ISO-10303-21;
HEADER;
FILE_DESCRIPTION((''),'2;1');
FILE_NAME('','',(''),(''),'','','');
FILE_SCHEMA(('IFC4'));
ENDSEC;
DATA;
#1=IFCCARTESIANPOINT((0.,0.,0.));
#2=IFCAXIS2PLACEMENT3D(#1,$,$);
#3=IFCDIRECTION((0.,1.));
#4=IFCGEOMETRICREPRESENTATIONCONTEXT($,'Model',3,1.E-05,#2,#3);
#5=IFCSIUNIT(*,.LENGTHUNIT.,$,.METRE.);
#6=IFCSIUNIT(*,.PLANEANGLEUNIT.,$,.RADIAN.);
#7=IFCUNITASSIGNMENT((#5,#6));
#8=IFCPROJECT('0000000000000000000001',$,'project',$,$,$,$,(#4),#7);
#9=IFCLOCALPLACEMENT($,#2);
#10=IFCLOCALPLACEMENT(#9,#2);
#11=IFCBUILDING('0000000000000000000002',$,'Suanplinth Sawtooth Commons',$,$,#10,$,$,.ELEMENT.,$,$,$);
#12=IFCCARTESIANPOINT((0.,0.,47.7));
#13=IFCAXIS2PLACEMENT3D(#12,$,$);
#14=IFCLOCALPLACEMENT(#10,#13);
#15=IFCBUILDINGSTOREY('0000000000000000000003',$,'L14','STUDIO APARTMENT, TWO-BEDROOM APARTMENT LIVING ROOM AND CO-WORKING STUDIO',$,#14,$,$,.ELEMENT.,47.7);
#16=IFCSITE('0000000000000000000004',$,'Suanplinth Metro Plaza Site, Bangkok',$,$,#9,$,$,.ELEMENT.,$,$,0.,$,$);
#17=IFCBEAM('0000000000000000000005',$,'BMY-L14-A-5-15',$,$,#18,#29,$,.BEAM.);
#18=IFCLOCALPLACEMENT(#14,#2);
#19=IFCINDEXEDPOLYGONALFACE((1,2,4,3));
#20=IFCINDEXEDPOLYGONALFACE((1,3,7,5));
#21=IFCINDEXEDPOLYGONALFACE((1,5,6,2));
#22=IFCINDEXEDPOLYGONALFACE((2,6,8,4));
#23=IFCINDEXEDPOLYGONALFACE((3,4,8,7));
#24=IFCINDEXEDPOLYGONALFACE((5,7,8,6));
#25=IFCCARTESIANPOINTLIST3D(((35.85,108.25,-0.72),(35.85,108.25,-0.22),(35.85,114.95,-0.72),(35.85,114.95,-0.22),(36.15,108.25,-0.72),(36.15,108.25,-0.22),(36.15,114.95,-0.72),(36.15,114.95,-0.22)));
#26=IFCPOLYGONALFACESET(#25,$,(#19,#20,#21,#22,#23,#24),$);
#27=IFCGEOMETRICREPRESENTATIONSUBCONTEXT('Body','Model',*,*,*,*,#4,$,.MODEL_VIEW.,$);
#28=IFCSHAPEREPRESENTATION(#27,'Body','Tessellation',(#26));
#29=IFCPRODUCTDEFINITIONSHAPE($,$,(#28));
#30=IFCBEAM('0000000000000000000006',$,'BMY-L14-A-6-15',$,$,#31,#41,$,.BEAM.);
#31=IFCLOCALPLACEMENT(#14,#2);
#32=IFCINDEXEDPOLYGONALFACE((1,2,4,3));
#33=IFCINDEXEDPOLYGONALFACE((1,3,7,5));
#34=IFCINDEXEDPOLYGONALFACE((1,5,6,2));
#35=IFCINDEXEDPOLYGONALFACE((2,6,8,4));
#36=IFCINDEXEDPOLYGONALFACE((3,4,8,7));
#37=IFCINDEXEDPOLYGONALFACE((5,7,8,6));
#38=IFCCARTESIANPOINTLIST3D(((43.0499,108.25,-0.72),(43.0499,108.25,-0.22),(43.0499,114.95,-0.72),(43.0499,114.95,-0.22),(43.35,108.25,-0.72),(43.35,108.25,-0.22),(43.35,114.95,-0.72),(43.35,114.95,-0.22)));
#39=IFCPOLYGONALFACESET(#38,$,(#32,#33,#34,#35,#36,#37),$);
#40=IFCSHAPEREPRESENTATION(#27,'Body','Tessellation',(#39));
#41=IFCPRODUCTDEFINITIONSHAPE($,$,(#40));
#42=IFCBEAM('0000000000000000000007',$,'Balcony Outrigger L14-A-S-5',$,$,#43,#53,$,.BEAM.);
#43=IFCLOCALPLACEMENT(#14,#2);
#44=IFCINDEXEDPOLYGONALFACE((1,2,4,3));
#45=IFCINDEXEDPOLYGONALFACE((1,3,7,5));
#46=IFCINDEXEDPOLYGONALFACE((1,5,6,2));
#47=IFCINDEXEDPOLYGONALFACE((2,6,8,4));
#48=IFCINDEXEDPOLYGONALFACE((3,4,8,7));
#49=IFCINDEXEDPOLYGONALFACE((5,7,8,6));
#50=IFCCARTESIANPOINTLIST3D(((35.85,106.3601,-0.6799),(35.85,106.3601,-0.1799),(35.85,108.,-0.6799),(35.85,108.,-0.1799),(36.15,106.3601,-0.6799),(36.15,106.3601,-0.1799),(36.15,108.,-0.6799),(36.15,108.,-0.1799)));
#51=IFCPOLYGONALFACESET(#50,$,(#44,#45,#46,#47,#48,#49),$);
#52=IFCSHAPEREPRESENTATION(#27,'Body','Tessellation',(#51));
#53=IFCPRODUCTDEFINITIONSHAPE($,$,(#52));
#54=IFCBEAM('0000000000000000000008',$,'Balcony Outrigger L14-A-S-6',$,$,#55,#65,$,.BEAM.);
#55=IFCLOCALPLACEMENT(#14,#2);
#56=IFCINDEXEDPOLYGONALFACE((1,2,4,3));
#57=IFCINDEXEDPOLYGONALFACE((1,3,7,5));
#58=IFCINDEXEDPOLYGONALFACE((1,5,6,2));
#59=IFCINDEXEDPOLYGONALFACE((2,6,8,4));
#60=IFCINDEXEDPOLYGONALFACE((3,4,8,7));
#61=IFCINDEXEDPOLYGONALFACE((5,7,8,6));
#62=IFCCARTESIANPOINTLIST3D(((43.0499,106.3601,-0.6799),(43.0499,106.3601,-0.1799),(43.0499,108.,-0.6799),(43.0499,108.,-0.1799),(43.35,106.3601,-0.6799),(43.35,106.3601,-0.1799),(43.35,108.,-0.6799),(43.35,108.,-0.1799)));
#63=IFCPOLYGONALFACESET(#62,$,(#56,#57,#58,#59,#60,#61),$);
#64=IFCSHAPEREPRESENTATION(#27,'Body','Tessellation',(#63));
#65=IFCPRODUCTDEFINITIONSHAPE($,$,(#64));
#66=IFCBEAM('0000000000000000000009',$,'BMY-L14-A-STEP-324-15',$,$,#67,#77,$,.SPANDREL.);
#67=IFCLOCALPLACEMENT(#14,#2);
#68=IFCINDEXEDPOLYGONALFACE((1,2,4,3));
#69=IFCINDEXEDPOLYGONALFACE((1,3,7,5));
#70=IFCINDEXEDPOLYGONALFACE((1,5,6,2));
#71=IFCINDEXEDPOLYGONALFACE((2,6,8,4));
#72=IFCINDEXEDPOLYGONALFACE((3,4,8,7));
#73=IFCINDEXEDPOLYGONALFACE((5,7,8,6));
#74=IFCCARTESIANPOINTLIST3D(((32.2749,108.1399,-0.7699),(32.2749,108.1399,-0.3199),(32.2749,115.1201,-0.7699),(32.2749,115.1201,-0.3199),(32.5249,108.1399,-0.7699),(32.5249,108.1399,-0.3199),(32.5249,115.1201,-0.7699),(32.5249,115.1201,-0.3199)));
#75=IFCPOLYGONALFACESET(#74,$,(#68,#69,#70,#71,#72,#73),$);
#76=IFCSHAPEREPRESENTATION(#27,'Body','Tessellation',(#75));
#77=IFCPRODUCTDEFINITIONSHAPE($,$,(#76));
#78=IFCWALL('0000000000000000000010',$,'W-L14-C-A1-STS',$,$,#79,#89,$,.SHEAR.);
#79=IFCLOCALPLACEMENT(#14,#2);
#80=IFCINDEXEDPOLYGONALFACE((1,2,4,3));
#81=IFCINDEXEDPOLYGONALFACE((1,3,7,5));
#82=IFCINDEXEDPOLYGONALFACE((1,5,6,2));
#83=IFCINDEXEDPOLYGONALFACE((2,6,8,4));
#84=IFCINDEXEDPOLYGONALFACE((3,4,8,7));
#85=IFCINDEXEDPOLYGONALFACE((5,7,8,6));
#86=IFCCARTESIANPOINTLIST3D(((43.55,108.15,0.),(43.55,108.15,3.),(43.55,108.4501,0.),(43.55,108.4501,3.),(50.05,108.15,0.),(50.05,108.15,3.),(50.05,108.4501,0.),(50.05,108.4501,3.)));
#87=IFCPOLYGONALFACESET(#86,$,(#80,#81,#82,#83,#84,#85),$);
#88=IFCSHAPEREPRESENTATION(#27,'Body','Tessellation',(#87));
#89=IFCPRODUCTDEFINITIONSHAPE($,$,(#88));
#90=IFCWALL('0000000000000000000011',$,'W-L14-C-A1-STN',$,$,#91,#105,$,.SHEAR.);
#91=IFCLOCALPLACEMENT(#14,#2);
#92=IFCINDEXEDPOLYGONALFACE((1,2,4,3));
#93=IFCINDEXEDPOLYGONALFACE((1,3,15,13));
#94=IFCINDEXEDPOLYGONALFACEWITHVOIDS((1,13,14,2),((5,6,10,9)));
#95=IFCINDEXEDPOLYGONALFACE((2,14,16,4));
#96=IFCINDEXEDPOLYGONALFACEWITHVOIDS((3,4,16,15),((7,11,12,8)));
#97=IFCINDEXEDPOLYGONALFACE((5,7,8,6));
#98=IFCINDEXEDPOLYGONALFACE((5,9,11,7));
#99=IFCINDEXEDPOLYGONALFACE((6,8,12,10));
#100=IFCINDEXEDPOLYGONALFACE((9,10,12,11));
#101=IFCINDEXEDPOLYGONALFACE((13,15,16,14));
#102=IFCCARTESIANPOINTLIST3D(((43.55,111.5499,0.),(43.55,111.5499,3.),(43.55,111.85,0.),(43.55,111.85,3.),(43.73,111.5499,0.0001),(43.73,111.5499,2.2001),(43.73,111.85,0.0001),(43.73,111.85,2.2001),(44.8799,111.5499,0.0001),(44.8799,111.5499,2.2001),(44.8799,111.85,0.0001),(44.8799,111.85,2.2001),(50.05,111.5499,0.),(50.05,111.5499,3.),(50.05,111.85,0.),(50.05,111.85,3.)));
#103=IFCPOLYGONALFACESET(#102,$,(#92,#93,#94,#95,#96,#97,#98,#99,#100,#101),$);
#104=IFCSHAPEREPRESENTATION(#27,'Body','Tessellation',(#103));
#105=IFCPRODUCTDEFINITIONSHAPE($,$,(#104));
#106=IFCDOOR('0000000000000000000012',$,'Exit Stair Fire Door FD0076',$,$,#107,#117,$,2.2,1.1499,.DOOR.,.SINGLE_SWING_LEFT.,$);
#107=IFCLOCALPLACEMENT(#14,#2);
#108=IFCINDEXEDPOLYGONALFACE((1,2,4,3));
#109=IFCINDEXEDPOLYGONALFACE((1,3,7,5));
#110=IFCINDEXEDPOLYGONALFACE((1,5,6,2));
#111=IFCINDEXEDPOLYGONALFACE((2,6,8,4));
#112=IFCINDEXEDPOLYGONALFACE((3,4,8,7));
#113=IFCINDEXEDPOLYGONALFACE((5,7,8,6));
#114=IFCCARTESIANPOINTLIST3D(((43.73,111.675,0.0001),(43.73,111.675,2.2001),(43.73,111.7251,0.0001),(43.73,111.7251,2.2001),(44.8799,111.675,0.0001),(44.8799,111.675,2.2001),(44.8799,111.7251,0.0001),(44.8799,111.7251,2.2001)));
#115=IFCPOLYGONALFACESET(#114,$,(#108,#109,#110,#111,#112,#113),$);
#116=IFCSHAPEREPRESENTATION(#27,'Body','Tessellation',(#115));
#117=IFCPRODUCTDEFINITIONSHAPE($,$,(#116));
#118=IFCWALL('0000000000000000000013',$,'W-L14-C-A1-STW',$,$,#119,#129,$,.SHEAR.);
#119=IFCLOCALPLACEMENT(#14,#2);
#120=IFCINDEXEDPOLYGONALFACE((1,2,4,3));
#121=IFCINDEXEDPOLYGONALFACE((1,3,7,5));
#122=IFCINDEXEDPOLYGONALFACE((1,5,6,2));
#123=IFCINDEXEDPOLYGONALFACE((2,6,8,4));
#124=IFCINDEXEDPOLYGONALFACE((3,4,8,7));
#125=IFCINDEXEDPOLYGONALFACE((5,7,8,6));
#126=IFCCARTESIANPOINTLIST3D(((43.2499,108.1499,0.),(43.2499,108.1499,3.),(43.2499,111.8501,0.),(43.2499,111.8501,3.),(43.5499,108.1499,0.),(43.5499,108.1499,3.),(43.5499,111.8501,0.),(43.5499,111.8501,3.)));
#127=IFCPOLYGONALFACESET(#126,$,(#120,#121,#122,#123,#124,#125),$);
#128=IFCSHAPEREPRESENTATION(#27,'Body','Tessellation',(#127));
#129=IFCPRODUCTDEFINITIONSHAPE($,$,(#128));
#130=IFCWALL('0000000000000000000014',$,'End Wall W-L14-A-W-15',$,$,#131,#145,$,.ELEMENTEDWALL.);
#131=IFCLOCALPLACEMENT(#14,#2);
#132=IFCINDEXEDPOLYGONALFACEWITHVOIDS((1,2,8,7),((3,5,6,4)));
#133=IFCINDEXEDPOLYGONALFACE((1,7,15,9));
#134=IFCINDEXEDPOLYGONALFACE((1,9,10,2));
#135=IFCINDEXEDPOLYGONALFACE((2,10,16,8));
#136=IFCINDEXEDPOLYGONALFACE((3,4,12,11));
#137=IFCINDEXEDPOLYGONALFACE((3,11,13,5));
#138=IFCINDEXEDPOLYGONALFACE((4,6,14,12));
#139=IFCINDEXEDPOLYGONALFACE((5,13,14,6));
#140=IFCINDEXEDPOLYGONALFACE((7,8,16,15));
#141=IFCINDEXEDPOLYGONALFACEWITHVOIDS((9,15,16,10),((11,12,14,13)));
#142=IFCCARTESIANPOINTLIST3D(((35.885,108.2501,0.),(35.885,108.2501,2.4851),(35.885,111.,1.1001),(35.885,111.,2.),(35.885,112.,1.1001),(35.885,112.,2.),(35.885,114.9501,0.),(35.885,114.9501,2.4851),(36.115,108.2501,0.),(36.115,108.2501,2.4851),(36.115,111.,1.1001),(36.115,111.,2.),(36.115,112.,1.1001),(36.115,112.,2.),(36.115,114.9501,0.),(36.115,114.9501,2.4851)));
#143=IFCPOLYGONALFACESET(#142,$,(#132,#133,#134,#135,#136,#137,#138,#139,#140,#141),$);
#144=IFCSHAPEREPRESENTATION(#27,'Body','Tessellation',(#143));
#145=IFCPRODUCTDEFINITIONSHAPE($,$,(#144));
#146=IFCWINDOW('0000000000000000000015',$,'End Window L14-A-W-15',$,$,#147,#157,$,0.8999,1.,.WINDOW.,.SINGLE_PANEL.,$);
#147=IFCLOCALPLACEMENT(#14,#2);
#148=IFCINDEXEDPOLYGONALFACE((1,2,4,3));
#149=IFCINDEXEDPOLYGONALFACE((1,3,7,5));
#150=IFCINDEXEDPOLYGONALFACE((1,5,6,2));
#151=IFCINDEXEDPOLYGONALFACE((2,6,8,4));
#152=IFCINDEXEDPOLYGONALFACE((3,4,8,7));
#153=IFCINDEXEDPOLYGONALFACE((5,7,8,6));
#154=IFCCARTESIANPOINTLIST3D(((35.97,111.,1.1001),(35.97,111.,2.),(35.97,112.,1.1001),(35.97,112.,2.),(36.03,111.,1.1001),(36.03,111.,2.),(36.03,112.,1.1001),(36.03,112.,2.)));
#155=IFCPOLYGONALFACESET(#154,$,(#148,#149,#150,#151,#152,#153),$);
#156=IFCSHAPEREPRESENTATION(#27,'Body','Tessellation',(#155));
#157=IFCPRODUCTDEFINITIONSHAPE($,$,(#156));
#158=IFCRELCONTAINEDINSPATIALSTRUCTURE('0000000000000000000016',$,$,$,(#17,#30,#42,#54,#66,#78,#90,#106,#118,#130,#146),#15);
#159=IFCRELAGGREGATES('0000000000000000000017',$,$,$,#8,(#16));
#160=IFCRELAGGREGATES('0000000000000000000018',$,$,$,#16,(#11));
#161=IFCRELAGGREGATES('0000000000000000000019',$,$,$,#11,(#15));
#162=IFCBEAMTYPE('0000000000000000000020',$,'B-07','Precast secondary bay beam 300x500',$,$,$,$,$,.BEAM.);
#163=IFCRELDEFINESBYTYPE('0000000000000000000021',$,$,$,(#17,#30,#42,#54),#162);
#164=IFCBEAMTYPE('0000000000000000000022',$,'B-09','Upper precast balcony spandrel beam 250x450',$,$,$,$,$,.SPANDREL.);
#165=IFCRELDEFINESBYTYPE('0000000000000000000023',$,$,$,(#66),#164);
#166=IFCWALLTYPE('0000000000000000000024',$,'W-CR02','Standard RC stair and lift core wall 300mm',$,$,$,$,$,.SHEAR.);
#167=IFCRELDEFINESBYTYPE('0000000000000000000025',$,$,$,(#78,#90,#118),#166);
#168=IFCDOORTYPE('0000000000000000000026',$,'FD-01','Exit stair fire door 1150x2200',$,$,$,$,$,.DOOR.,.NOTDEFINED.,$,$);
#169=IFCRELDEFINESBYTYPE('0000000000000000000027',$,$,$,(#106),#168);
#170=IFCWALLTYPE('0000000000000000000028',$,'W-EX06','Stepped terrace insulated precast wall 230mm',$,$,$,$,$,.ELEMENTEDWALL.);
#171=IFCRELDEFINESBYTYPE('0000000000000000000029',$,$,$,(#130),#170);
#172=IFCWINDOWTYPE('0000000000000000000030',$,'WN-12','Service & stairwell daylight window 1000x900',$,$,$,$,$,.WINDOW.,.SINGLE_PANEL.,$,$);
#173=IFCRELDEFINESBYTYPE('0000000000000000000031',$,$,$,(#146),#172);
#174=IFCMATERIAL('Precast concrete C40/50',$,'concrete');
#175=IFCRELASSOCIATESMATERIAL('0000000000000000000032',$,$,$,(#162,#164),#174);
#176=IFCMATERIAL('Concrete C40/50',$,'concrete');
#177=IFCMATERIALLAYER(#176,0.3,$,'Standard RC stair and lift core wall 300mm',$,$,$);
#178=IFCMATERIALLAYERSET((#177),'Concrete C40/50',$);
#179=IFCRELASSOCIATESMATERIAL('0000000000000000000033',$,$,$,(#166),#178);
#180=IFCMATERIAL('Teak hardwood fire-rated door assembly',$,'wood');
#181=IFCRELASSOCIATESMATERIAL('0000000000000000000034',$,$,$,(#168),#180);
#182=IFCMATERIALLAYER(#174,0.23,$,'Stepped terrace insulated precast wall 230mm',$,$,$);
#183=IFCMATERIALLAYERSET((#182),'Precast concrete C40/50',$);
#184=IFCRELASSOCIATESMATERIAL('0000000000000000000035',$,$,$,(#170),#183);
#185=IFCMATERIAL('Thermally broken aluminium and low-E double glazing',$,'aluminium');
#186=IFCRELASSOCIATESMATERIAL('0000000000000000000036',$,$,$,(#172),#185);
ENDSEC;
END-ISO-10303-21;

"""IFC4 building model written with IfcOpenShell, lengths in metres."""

from ifc_helpers import new_model, si_unit, direction, frame, frame_2d, origin, origin_2d, place, context, subcontext, project, spatial, rectangle, extrude, material, layer, layer_set, material_profile, profile_set, type_object, element, fill, save


model = new_model("IFC4")

# Units and contexts
model_context = context("Model", 3, precision=1e-05, world=origin(), true_north=direction((0.0, 1.0)))
body_context = subcontext(model_context, "Body", "Model", "MODEL_VIEW")
ifc_project = project(units=[si_unit("LENGTHUNIT", "METRE"), si_unit("PLANEANGLEUNIT", "RADIAN")], contexts=[model_context])

# Site, building, storey
site_placement = place(None, origin())
site = spatial("IfcSite", under=ifc_project, at=site_placement, Name="Suanplinth Metro Plaza Site, Bangkok", CompositionType="ELEMENT", RefElevation=0.0)
building_placement = place(site_placement, origin())
building = spatial("IfcBuilding", under=site, at=building_placement, Name="Suanplinth Sawtooth Commons", CompositionType="ELEMENT")
storey_placement = place(building_placement, frame((0.0, 0.0, 47.7)))
storey = spatial("IfcBuildingStorey", under=building, at=storey_placement, Name="L14", Description="STUDIO APARTMENT, TWO-BEDROOM APARTMENT LIVING ROOM AND CO-WORKING STUDIO", CompositionType="ELEMENT", Elevation=47.7)

# Beams
ifc_material_1 = material(Name="Precast concrete C40/50", Category="concrete")
ifc_material_profile_1 = material_profile(ifc_material_1, rectangle(XDim=0.3, YDim=0.5, at=origin_2d()), Name="PC-BM 300x500")
ifc_profile_set_1 = profile_set([ifc_material_profile_1], Name="Precast concrete C40/50")
beam_type_1 = type_object("IfcBeamType", Name="B-07", Description="Precast secondary bay beam 300x500", PredefinedType="BEAM", material=ifc_profile_set_1)
for number, where, z_axis, x_axis, name in (
    (1, (36.0, 108.25, -0.47), (0.0, 1.0, 0.0), (-1.0, 0.0, 0.0), "BMY-L14-A-5-15"),
    (2, (43.2, 108.25, -0.47), (0.0, 1.0, 0.0), (-1.0, 0.0, 0.0), "BMY-L14-A-6-15"),
):
    element("IfcBeam", number, at=place(storey_placement, frame(where, z_axis=z_axis, x_axis=x_axis)), inside=storey, type_object=beam_type_1, Name=name, PredefinedType="BEAM", context=body_context, shape_type="SweptSolid", body=[
        extrude(rectangle(XDim=0.3, YDim=0.5, at=origin_2d()), origin(), (0.0, 0.0, 1.0), 6.7),
    ])
for number, where, z_axis, x_axis, name in (
    (3, (36.0, 108.0, -0.4299), (0.0, -1.0, 0.0), (1.0, 0.0, 0.0), "Balcony Outrigger L14-A-S-5"),
    (4, (43.2, 108.0, -0.4299), (0.0, -1.0, 0.0), (1.0, 0.0, 0.0), "Balcony Outrigger L14-A-S-6"),
):
    element("IfcBeam", number, at=place(storey_placement, frame(where, z_axis=z_axis, x_axis=x_axis)), inside=storey, type_object=beam_type_1, Name=name, PredefinedType="BEAM", context=body_context, shape_type="SweptSolid", body=[
        extrude(rectangle(XDim=0.3, YDim=0.5, at=origin_2d()), origin(), (0.0, 0.0, 1.0), 1.6399),
    ])
ifc_material_profile_2 = material_profile(ifc_material_1, rectangle(XDim=0.25, YDim=0.45, at=origin_2d()), Name="PC-SP 250x450")
ifc_profile_set_2 = profile_set([ifc_material_profile_2], Name="Precast concrete C40/50")
beam_type_2 = type_object("IfcBeamType", Name="B-09", Description="Upper precast balcony spandrel beam 250x450", PredefinedType="SPANDREL", material=ifc_profile_set_2)
beam_placement = place(storey_placement, frame((32.3999, 108.1399, -0.5449), z_axis=(0.0, 1.0, 0.0), x_axis=(-1.0, 0.0, 0.0)))
element("IfcBeam", 5, at=beam_placement, inside=storey, type_object=beam_type_2, Name="BMY-L14-A-STEP-324-15", PredefinedType="SPANDREL", context=body_context, shape_type="SweptSolid", body=[
    extrude(rectangle(XDim=0.25, YDim=0.45, at=origin_2d()), origin(), (0.0, 0.0, 1.0), 6.9802),
])

# Wall
ifc_material_2 = material(Name="Concrete C40/50", Category="concrete")
ifc_layer_1 = layer(ifc_material_2, 0.3, Name="Standard RC stair and lift core wall 300mm")
ifc_layer_set_1 = layer_set([ifc_layer_1], Name="Concrete C40/50")
wall_type_1 = type_object("IfcWallType", Name="W-CR02", Description="Standard RC stair and lift core wall 300mm", PredefinedType="SHEAR", material=ifc_layer_set_1)
wall_1_placement = place(storey_placement, frame((43.55, 108.3, 0.0), z_axis=(0.0, 0.0, 1.0), x_axis=(1.0, 0.0, 0.0)))
element("IfcWall", 6, at=wall_1_placement, inside=storey, type_object=wall_type_1, Name="W-L14-C-A1-STS", PredefinedType="SHEAR", context=body_context, shape_type="SweptSolid", body=[
    extrude(rectangle(XDim=6.5, YDim=0.3, at=frame_2d((3.25, 0.0))), origin(), (0.0, 0.0, 1.0), 3.0),
])

# Wall, opening, door
wall_2_placement = place(storey_placement, frame((43.55, 111.7, 0.0), z_axis=(0.0, 0.0, 1.0), x_axis=(1.0, 0.0, 0.0)))
wall_2 = element("IfcWall", 7, at=wall_2_placement, inside=storey, type_object=wall_type_1, Name="W-L14-C-A1-STN", PredefinedType="SHEAR", context=body_context, shape_type="SweptSolid", body=[
    extrude(rectangle(XDim=6.5, YDim=0.3, at=frame_2d((3.25, 0.0))), origin(), (0.0, 0.0, 1.0), 3.0),
])
opening_1_placement = place(wall_2_placement, frame((0.1799, 0.0, 0.0)))
opening_1 = element("IfcOpeningElement", 8, at=opening_1_placement, cuts=wall_2, PredefinedType="OPENING", context=body_context, shape_type="SweptSolid", body=[
    extrude(rectangle(XDim=1.1499, YDim=2.2, at=frame_2d((0.575, 1.1001))), frame((0.0, 0.165, 0.0), z_axis=(0.0, -1.0, 0.0), x_axis=(1.0, 0.0, 0.0)), (0.0, 0.0, 1.0), 0.3298),
])
ifc_material_3 = material(Name="Teak hardwood fire-rated door assembly", Category="wood")
door_type_1 = type_object("IfcDoorType", Name="FD-01", Description="Exit stair fire door 1150x2200", OperationType="NOTDEFINED", PredefinedType="DOOR", material=ifc_material_3)
door_1_placement = place(opening_1_placement, frame((1.1499, 0.0, 0.0), z_axis=(0.0, 0.0, 1.0), x_axis=(-1.0, 0.0, 0.0)))
door_1 = element("IfcDoor", 9, at=door_1_placement, inside=storey, type_object=door_type_1, Name="Exit Stair Fire Door FD0076", OperationType="SINGLE_SWING_LEFT", OverallHeight=2.2, OverallWidth=1.1499, PredefinedType="DOOR", context=body_context, shape_type="SweptSolid", body=[
    extrude(rectangle(XDim=1.1499, YDim=2.2, at=frame_2d((0.575, 1.1001))), frame((0.0, 0.0249, 0.0), z_axis=(0.0, -1.0, 0.0), x_axis=(1.0, 0.0, 0.0)), (0.0, 0.0, 1.0), 0.05),
])
fill(opening_1, door_1)

# Wall
wall_3_placement = place(storey_placement, frame((43.3999, 108.1499, 0.0), z_axis=(0.0, 0.0, 1.0), x_axis=(0.0, 1.0, 0.0)))
element("IfcWall", 10, at=wall_3_placement, inside=storey, type_object=wall_type_1, Name="W-L14-C-A1-STW", PredefinedType="SHEAR", context=body_context, shape_type="SweptSolid", body=[
    extrude(rectangle(XDim=3.7002, YDim=0.3, at=frame_2d((1.8501, 0.0))), origin(), (0.0, 0.0, 1.0), 3.0),
])

# Wall, opening, window
ifc_layer_2 = layer(ifc_material_1, 0.23, Name="Stepped terrace insulated precast wall 230mm")
ifc_layer_set_2 = layer_set([ifc_layer_2], Name="Precast concrete C40/50")
wall_type_2 = type_object("IfcWallType", Name="W-EX06", Description="Stepped terrace insulated precast wall 230mm", PredefinedType="ELEMENTEDWALL", material=ifc_layer_set_2)
wall_4_placement = place(storey_placement, frame((36.0, 108.25, 0.0), z_axis=(0.0, 0.0, 1.0), x_axis=(0.0, 1.0, 0.0)))
wall_4 = element("IfcWall", 11, at=wall_4_placement, inside=storey, type_object=wall_type_2, Name="End Wall W-L14-A-W-15", PredefinedType="ELEMENTEDWALL", context=body_context, shape_type="SweptSolid", body=[
    extrude(rectangle(XDim=6.7, YDim=0.23, at=frame_2d((3.3501, 0.0))), origin(), (0.0, 0.0, 1.0), 2.4851),
])
opening_2_placement = place(wall_4_placement, frame((2.75, 0.0, 1.1001)))
opening_2 = element("IfcOpeningElement", 12, at=opening_2_placement, cuts=wall_4, PredefinedType="OPENING", context=body_context, shape_type="SweptSolid", body=[
    extrude(rectangle(XDim=1.0, YDim=0.8999, at=frame_2d((0.5, 0.45))), frame((0.0, 0.1299, 0.0), z_axis=(0.0, -1.0, 0.0), x_axis=(1.0, 0.0, 0.0)), (0.0, 0.0, 1.0), 0.2598),
])
ifc_material_4 = material(Name="Thermally broken aluminium and low-E double glazing", Category="aluminium")
window_type = type_object("IfcWindowType", Name="WN-12", Description="Service & stairwell daylight window 1000x900", PartitioningType="SINGLE_PANEL", PredefinedType="WINDOW", material=ifc_material_4)
window_placement = place(opening_2_placement, origin())
window = element("IfcWindow", 13, at=window_placement, inside=storey, type_object=window_type, Name="End Window L14-A-W-15", OverallHeight=0.8999, OverallWidth=1.0, PartitioningType="SINGLE_PANEL", PredefinedType="WINDOW", context=body_context, shape_type="SweptSolid", body=[
    extrude(rectangle(XDim=1.0, YDim=0.8999, at=frame_2d((0.5, 0.45))), frame((0.0, 0.03, 0.0), z_axis=(0.0, -1.0, 0.0), x_axis=(1.0, 0.0, 0.0)), (0.0, 0.0, 1.0), 0.0601),
])
fill(opening_2, window)

save(model, "model.ifc")
